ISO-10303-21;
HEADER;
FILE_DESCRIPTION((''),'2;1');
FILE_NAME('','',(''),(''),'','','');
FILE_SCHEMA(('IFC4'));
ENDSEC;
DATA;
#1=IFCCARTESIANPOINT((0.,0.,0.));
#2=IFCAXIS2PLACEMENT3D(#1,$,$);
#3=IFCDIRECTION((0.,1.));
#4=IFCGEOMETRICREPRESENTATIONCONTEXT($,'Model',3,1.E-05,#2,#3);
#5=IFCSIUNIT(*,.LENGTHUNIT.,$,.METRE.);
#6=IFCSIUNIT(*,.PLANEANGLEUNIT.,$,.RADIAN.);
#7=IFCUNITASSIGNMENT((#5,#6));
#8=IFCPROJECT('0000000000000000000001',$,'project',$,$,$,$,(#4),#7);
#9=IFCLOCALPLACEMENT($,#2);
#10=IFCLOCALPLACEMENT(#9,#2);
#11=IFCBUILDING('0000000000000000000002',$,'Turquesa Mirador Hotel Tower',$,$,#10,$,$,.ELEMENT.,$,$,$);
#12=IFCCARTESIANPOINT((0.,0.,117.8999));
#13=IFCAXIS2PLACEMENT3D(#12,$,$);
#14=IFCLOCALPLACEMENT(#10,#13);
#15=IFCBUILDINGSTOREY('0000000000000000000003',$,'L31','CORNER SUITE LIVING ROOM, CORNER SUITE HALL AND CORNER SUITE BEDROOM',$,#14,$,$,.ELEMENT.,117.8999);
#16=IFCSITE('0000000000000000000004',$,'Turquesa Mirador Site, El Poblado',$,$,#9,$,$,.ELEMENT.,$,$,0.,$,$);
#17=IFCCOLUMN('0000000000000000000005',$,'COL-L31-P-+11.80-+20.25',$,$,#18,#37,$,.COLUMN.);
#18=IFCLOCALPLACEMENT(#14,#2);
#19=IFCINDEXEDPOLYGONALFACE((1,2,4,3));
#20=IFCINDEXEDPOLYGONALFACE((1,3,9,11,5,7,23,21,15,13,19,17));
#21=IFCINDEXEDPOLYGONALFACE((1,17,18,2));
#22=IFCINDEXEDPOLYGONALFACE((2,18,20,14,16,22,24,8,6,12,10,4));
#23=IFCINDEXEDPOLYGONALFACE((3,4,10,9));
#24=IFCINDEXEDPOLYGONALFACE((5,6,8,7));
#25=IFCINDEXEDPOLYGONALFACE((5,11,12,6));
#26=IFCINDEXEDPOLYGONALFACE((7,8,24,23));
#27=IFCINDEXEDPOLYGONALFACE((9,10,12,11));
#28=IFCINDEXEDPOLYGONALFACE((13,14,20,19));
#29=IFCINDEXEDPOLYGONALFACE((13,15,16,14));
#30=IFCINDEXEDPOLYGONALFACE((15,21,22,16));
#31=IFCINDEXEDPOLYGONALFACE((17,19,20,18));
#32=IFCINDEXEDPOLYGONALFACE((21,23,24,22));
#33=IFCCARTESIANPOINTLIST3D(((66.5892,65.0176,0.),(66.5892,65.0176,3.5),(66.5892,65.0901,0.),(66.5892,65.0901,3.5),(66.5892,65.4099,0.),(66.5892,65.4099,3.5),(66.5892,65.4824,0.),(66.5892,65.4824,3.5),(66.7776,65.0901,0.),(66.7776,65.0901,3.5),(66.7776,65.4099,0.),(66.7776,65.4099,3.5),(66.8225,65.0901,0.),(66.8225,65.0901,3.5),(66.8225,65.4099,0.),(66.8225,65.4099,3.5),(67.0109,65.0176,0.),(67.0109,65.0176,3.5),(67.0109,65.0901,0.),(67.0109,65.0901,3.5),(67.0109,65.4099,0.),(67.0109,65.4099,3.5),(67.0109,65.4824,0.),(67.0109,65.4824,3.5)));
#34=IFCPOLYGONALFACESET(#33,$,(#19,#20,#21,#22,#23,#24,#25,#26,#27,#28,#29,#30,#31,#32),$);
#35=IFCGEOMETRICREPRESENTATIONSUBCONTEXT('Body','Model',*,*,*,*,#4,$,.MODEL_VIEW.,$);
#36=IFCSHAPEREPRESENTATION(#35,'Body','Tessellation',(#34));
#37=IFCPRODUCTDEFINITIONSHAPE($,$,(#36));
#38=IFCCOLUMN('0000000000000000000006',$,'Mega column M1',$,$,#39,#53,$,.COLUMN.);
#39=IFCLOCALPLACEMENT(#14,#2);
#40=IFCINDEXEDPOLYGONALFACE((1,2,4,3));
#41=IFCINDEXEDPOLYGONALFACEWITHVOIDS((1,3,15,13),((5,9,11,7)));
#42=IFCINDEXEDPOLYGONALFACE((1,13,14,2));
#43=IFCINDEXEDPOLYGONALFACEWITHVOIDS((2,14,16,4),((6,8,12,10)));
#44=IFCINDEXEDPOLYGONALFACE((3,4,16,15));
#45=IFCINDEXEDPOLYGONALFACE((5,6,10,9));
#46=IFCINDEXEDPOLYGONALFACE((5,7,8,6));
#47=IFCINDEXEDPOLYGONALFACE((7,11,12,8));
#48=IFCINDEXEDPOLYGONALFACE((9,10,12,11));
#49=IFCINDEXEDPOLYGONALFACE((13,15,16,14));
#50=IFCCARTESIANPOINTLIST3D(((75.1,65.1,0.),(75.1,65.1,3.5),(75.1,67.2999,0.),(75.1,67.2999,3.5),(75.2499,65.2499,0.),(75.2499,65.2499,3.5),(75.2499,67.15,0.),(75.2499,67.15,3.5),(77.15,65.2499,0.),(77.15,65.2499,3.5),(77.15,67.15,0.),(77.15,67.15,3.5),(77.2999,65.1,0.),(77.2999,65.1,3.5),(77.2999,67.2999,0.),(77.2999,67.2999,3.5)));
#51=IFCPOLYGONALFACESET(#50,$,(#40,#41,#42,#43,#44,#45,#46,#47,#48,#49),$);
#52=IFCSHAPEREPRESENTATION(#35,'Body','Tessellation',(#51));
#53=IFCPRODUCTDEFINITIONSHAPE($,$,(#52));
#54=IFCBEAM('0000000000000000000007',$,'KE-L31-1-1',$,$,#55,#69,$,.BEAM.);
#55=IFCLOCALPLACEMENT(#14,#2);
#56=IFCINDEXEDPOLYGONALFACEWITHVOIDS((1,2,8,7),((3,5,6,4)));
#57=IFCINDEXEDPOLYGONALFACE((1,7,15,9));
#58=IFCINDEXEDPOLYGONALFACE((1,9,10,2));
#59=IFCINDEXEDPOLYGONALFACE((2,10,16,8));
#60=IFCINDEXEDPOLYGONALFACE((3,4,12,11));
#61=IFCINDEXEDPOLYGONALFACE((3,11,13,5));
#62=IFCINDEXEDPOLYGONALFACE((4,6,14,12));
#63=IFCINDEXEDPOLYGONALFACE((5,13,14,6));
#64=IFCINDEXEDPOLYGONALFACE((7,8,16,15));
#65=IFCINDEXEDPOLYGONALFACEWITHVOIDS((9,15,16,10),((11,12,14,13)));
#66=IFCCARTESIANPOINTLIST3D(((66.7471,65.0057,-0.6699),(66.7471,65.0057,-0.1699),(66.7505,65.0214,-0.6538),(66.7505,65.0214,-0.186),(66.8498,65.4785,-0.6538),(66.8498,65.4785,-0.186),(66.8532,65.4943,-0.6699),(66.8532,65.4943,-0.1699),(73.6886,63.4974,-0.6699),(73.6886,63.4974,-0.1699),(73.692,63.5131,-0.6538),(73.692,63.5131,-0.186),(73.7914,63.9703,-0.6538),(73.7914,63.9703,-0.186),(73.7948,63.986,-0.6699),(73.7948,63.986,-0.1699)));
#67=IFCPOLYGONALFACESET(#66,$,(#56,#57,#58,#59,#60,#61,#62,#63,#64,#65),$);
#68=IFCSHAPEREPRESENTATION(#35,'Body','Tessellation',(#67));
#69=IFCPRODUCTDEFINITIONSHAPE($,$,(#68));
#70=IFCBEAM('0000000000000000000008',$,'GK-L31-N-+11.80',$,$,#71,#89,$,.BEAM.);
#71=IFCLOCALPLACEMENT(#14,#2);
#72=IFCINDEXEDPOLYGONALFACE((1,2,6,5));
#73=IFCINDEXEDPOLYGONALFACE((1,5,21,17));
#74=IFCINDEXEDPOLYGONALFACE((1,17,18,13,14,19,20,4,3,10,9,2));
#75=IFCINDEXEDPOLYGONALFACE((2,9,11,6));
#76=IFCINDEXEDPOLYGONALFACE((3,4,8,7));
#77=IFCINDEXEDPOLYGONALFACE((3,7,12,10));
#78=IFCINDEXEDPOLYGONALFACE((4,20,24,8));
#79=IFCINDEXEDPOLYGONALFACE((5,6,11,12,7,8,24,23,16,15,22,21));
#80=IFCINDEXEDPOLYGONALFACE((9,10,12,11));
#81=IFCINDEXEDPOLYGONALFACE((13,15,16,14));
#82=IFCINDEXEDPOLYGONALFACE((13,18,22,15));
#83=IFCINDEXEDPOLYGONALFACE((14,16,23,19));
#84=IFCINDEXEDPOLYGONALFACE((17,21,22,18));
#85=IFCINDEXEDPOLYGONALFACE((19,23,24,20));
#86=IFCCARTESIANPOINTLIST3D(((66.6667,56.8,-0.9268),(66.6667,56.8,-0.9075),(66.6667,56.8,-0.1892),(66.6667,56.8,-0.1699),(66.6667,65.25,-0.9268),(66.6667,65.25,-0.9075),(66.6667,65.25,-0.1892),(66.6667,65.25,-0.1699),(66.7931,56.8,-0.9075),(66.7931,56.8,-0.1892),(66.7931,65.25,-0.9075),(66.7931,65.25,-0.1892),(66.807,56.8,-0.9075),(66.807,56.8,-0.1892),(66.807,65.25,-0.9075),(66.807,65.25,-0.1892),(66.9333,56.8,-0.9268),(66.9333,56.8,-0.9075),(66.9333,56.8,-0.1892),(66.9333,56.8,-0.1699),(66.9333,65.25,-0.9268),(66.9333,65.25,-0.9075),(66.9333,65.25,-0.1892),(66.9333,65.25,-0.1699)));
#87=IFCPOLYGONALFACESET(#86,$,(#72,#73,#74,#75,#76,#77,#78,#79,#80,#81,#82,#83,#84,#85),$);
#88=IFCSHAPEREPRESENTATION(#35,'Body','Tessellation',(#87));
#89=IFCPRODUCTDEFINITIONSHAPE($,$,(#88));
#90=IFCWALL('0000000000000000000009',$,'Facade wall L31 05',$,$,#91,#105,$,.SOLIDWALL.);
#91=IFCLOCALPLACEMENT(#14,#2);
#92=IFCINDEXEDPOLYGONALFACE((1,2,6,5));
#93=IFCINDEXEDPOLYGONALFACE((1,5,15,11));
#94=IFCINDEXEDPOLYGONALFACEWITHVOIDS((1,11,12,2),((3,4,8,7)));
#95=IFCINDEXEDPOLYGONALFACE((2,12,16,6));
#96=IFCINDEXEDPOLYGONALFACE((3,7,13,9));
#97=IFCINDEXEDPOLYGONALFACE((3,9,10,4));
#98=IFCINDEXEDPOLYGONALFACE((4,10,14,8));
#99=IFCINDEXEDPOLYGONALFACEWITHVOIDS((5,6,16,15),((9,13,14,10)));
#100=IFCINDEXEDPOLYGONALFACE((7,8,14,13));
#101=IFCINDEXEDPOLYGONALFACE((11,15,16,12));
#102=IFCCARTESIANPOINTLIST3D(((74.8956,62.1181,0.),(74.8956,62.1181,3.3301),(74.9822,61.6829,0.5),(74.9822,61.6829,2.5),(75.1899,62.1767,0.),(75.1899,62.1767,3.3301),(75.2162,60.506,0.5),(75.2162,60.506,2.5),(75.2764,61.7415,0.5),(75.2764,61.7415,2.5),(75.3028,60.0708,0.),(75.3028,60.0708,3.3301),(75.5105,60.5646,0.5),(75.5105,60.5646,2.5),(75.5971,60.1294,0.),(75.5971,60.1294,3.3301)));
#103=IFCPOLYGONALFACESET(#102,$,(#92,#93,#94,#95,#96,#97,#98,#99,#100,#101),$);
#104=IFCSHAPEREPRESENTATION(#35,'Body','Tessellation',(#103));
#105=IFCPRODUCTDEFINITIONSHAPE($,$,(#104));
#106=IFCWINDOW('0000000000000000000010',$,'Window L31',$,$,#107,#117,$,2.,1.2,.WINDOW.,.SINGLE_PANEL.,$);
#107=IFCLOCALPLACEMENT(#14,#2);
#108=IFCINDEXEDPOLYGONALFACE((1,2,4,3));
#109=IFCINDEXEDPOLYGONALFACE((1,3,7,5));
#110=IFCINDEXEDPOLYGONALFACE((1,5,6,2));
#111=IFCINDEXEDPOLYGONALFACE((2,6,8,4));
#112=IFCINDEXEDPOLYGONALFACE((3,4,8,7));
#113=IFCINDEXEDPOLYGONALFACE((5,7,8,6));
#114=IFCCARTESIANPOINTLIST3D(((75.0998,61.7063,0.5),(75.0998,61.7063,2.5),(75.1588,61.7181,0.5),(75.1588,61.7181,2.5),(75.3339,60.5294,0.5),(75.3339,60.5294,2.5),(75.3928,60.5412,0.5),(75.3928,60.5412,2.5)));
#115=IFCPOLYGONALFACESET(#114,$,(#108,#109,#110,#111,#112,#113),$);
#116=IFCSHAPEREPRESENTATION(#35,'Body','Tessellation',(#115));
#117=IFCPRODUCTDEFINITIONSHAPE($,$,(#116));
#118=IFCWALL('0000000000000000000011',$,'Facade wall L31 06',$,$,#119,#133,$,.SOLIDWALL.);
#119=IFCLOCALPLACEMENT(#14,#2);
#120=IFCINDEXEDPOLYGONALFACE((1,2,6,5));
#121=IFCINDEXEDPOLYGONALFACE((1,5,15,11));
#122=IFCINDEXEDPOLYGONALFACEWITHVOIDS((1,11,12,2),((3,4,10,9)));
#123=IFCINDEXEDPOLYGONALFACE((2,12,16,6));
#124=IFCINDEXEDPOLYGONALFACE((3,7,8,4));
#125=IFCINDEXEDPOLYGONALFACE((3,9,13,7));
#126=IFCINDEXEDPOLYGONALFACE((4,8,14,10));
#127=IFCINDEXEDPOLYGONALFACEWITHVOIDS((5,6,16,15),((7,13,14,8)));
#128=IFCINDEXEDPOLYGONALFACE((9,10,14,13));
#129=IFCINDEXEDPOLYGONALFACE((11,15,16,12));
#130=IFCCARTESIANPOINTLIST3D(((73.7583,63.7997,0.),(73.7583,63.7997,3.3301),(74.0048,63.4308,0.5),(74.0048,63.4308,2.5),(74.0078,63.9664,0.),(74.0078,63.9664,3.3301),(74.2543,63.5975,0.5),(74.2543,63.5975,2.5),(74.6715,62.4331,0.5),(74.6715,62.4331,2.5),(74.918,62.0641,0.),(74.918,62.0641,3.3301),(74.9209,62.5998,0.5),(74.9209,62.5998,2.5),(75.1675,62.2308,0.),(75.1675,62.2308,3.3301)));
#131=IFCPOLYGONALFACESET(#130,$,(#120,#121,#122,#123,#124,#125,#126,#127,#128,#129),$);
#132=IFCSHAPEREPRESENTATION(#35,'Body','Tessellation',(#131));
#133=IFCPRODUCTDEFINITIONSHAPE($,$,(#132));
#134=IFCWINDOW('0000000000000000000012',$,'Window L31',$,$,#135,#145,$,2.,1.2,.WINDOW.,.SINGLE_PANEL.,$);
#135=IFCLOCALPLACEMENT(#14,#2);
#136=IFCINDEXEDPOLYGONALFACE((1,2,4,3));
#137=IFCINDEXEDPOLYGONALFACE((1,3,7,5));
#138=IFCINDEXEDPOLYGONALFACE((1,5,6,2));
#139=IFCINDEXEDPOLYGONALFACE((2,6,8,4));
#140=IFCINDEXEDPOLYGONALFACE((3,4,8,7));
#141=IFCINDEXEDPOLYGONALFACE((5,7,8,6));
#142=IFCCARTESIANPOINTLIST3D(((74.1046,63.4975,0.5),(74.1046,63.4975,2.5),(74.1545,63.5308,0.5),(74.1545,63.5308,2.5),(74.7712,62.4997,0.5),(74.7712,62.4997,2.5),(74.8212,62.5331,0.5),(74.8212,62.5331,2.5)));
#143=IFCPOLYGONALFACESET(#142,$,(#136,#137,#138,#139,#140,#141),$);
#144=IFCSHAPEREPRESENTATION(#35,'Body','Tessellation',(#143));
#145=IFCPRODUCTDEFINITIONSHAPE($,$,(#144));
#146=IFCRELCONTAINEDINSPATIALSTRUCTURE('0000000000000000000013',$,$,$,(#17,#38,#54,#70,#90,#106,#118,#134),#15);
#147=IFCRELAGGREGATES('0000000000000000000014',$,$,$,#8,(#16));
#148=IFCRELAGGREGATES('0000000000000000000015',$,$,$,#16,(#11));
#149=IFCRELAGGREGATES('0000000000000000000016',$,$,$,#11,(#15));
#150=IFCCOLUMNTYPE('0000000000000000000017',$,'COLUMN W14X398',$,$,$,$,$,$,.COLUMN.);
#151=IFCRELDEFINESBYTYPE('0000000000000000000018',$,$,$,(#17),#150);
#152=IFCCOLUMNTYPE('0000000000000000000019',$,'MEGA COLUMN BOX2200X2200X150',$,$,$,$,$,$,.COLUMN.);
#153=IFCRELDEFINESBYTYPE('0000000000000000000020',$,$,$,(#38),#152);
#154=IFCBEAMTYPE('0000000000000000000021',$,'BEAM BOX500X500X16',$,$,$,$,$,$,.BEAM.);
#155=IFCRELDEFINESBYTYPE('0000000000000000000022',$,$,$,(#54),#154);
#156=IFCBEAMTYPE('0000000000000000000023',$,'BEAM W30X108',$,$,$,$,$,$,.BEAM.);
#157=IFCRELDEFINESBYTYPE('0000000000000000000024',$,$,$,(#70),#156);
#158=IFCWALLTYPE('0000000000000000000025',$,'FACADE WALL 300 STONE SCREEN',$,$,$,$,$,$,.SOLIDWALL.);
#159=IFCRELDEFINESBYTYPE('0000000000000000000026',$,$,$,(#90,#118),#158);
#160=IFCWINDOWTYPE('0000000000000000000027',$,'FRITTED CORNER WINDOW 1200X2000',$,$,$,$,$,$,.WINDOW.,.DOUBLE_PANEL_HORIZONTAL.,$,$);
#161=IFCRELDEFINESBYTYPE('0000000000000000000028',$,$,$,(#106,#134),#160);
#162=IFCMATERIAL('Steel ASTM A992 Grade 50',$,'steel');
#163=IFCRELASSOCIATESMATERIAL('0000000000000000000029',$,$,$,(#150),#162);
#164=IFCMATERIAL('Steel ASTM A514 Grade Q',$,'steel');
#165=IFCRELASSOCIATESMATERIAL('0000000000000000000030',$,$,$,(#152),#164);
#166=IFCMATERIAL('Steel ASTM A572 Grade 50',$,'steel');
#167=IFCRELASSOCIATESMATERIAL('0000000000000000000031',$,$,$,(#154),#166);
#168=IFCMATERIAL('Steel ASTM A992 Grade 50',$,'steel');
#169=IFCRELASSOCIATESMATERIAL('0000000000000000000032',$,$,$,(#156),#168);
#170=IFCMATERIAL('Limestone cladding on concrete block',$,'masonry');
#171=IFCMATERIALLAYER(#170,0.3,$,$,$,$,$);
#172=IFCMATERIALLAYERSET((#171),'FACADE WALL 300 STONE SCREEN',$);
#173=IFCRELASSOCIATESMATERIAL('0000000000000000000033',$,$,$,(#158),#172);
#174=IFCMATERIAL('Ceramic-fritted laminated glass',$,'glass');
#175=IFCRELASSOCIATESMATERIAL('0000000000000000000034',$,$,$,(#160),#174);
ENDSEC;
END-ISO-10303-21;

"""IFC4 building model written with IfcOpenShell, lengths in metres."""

from ifc_helpers import new_model, si_unit, direction, frame, frame_2d, origin, origin_2d, place, context, subcontext, project, spatial, rectangle, hollow_rectangle, i_section, extrude, material, layer, layer_set, material_profile, profile_set, type_object, element, fill, save


model = new_model("IFC4")

# Units and contexts
model_context = context("Model", 3, precision=1e-05, world=origin(), true_north=direction((0.0, 1.0)))
body_context = subcontext(model_context, "Body", "Model", "MODEL_VIEW")
ifc_project = project(units=[si_unit("LENGTHUNIT", "METRE"), si_unit("PLANEANGLEUNIT", "RADIAN")], contexts=[model_context])

# Site, building, storey
site_placement = place(None, origin())
site = spatial("IfcSite", under=ifc_project, at=site_placement, Name="Turquesa Mirador Site, El Poblado", CompositionType="ELEMENT", RefElevation=0.0)
building_placement = place(site_placement, origin())
building = spatial("IfcBuilding", under=site, at=building_placement, Name="Turquesa Mirador Hotel Tower", CompositionType="ELEMENT")
storey_placement = place(building_placement, frame((0.0, 0.0, 117.8999)))
storey = spatial("IfcBuildingStorey", under=building, at=storey_placement, Name="L31", Description="CORNER SUITE LIVING ROOM, CORNER SUITE HALL AND CORNER SUITE BEDROOM", CompositionType="ELEMENT", Elevation=117.8999)

# Columns
ifc_material_1 = material(Name="Steel ASTM A992 Grade 50", Category="steel")
ifc_material_profile_1 = material_profile(ifc_material_1, i_section(OverallWidth=0.4216, OverallDepth=0.4648, WebThickness=0.0449, FlangeThickness=0.0725, at=origin_2d()), Name="W14X398")
ifc_profile_set_1 = profile_set([ifc_material_profile_1], Name="Steel ASTM A992 Grade 50")
column_type_1 = type_object("IfcColumnType", Name="COLUMN W14X398", PredefinedType="COLUMN", material=ifc_profile_set_1)
column_1_placement = place(storey_placement, frame((66.8, 65.25, 0.0), z_axis=(0.0, 0.0, 1.0), x_axis=(1.0, 0.0, 0.0)))
element("IfcColumn", 1, at=column_1_placement, inside=storey, type_object=column_type_1, Name="COL-L31-P-+11.80-+20.25", PredefinedType="COLUMN", context=body_context, shape_type="SweptSolid", body=[
    extrude(i_section(OverallWidth=0.4216, OverallDepth=0.4648, WebThickness=0.0449, FlangeThickness=0.0725, at=origin_2d()), origin(), (0.0, 0.0, 1.0), 3.5),
])
ifc_material_2 = material(Name="Steel ASTM A514 Grade Q", Category="steel")
ifc_material_profile_2 = material_profile(ifc_material_2, hollow_rectangle(XDim=2.2, YDim=2.2, WallThickness=0.1499, at=origin_2d()), Name="BOX2200X2200X150")
ifc_profile_set_2 = profile_set([ifc_material_profile_2], Name="Steel ASTM A514 Grade Q")
column_type_2 = type_object("IfcColumnType", Name="MEGA COLUMN BOX2200X2200X150", PredefinedType="COLUMN", material=ifc_profile_set_2)
column_2_placement = place(storey_placement, frame((76.2, 66.2, 0.0), z_axis=(0.0, 0.0, 1.0), x_axis=(1.0, 0.0, 0.0)))
element("IfcColumn", 2, at=column_2_placement, inside=storey, type_object=column_type_2, Name="Mega column M1", PredefinedType="COLUMN", context=body_context, shape_type="SweptSolid", body=[
    extrude(hollow_rectangle(XDim=2.2, YDim=2.2, WallThickness=0.1499, at=origin_2d()), origin(), (0.0, 0.0, 1.0), 3.5),
])

# Beams
ifc_material_3 = material(Name="Steel ASTM A572 Grade 50", Category="steel")
ifc_material_profile_3 = material_profile(ifc_material_3, hollow_rectangle(XDim=0.5, YDim=0.5, WallThickness=0.0161, at=origin_2d()), Name="BOX500X500X16")
ifc_profile_set_3 = profile_set([ifc_material_profile_3], Name="Steel ASTM A572 Grade 50")
beam_type_1 = type_object("IfcBeamType", Name="BEAM BOX500X500X16", PredefinedType="BEAM", material=ifc_profile_set_3)
beam_1_placement = place(storey_placement, frame((73.7417, 63.7417, -0.4199), z_axis=(-0.977198, 0.212328, 0.0), x_axis=(-0.212328, -0.977198, 0.0)))
element("IfcBeam", 3, at=beam_1_placement, inside=storey, type_object=beam_type_1, Name="KE-L31-1-1", PredefinedType="BEAM", context=body_context, shape_type="SweptSolid", body=[
    extrude(hollow_rectangle(XDim=0.5, YDim=0.5, WallThickness=0.0161, at=origin_2d()), origin(), (0.0, 0.0, 1.0), 7.1035),
])
ifc_material_4 = material(Name="Steel ASTM A992 Grade 50", Category="steel")
ifc_material_profile_4 = material_profile(ifc_material_4, i_section(OverallWidth=0.2666, OverallDepth=0.7568, WebThickness=0.0139, FlangeThickness=0.0193, at=origin_2d()), Name="W30X108")
ifc_profile_set_4 = profile_set([ifc_material_profile_4], Name="Steel ASTM A992 Grade 50")
beam_type_2 = type_object("IfcBeamType", Name="BEAM W30X108", PredefinedType="BEAM", material=ifc_profile_set_4)
beam_2_placement = place(storey_placement, frame((66.8, 65.25, -0.5483), z_axis=(0.0, -1.0, 0.0), x_axis=(1.0, 0.0, 0.0)))
element("IfcBeam", 4, at=beam_2_placement, inside=storey, type_object=beam_type_2, Name="GK-L31-N-+11.80", PredefinedType="BEAM", context=body_context, shape_type="SweptSolid", body=[
    extrude(i_section(OverallWidth=0.2666, OverallDepth=0.7568, WebThickness=0.0139, FlangeThickness=0.0193, at=origin_2d()), origin(), (0.0, 0.0, 1.0), 8.45),
])

# Walls, openings, windows
ifc_material_5 = material(Name="Limestone cladding on concrete block", Category="masonry")
ifc_layer = layer(ifc_material_5, 0.3)
ifc_layer_set = layer_set([ifc_layer], Name="FACADE WALL 300 STONE SCREEN")
wall_type = type_object("IfcWallType", Name="FACADE WALL 300 STONE SCREEN", PredefinedType="SOLIDWALL", material=ifc_layer_set)
wall_1_placement = place(storey_placement, frame((75.45, 60.1001, 0.0), z_axis=(0.0, 0.0, 1.0), x_axis=(-0.195081, 0.980787, 0.0)))
wall_1 = element("IfcWall", 5, at=wall_1_placement, inside=storey, type_object=wall_type, Name="Facade wall L31 05", PredefinedType="SOLIDWALL", context=body_context, shape_type="SweptSolid", body=[
    extrude(rectangle(XDim=2.0874, YDim=0.3, at=frame_2d((1.0437, 0.0))), origin(), (0.0, 0.0, 1.0), 3.3301),
])
opening_1_placement = place(wall_1_placement, frame((0.4436, 0.0, 0.5)))
opening_1 = element("IfcOpeningElement", 6, at=opening_1_placement, cuts=wall_1, PredefinedType="OPENING", context=body_context, shape_type="SweptSolid", body=[
    extrude(rectangle(XDim=1.2, YDim=2.0, at=frame_2d((0.6001, 1.0))), frame((0.0, 0.1599, 0.0), z_axis=(0.0, -1.0, 0.0), x_axis=(1.0, 0.0, 0.0)), (0.0, 0.0, 1.0), 0.3201),
])
ifc_material_6 = material(Name="Ceramic-fritted laminated glass", Category="glass")
window_type_1 = type_object("IfcWindowType", Name="FRITTED CORNER WINDOW 1200X2000", PartitioningType="DOUBLE_PANEL_HORIZONTAL", PredefinedType="WINDOW", material=ifc_material_6)
window_1_placement = place(opening_1_placement, origin())
window_1 = element("IfcWindow", 7, at=window_1_placement, inside=storey, type_object=window_type_1, Name="Window L31", OverallHeight=2.0, OverallWidth=1.2, PartitioningType="SINGLE_PANEL", PredefinedType="WINDOW", context=body_context, shape_type="SweptSolid", body=[
    extrude(rectangle(XDim=1.2, YDim=2.0, at=frame_2d((0.6001, 1.0))), frame((0.0, 0.03, 0.0), z_axis=(0.0, -1.0, 0.0), x_axis=(1.0, 0.0, 0.0)), (0.0, 0.0, 1.0), 0.0601),
])
fill(opening_1, window_1)
wall_2_placement = place(storey_placement, frame((75.0427, 62.1475, 0.0), z_axis=(0.0, 0.0, 1.0), x_axis=(-0.555564, 0.831474, 0.0)))
wall_2 = element("IfcWall", 8, at=wall_2_placement, inside=storey, type_object=wall_type, Name="Facade wall L31 06", PredefinedType="SOLIDWALL", context=body_context, shape_type="SweptSolid", body=[
    extrude(rectangle(XDim=2.0874, YDim=0.3, at=frame_2d((1.0437, 0.0))), origin(), (0.0, 0.0, 1.0), 3.3301),
])
opening_2_placement = place(wall_2_placement, frame((0.4436, 0.0, 0.5)))
opening_2 = element("IfcOpeningElement", 9, at=opening_2_placement, cuts=wall_2, PredefinedType="OPENING", context=body_context, shape_type="SweptSolid", body=[
    extrude(rectangle(XDim=1.2, YDim=2.0, at=frame_2d((0.6001, 1.0))), frame((0.0, 0.1599, 0.0), z_axis=(0.0, -1.0, 0.0), x_axis=(1.0, 0.0, 0.0)), (0.0, 0.0, 1.0), 0.3201),
])
window_2_placement = place(opening_2_placement, origin())
window_2 = element("IfcWindow", 10, at=window_2_placement, inside=storey, type_object=window_type_1, Name="Window L31", OverallHeight=2.0, OverallWidth=1.2, PartitioningType="SINGLE_PANEL", PredefinedType="WINDOW", context=body_context, shape_type="SweptSolid", body=[
    extrude(rectangle(XDim=1.2, YDim=2.0, at=frame_2d((0.6001, 1.0))), frame((0.0, 0.03, 0.0), z_axis=(0.0, -1.0, 0.0), x_axis=(1.0, 0.0, 0.0)), (0.0, 0.0, 1.0), 0.0601),
])
fill(opening_2, window_2)

save(model, "model.ifc")
